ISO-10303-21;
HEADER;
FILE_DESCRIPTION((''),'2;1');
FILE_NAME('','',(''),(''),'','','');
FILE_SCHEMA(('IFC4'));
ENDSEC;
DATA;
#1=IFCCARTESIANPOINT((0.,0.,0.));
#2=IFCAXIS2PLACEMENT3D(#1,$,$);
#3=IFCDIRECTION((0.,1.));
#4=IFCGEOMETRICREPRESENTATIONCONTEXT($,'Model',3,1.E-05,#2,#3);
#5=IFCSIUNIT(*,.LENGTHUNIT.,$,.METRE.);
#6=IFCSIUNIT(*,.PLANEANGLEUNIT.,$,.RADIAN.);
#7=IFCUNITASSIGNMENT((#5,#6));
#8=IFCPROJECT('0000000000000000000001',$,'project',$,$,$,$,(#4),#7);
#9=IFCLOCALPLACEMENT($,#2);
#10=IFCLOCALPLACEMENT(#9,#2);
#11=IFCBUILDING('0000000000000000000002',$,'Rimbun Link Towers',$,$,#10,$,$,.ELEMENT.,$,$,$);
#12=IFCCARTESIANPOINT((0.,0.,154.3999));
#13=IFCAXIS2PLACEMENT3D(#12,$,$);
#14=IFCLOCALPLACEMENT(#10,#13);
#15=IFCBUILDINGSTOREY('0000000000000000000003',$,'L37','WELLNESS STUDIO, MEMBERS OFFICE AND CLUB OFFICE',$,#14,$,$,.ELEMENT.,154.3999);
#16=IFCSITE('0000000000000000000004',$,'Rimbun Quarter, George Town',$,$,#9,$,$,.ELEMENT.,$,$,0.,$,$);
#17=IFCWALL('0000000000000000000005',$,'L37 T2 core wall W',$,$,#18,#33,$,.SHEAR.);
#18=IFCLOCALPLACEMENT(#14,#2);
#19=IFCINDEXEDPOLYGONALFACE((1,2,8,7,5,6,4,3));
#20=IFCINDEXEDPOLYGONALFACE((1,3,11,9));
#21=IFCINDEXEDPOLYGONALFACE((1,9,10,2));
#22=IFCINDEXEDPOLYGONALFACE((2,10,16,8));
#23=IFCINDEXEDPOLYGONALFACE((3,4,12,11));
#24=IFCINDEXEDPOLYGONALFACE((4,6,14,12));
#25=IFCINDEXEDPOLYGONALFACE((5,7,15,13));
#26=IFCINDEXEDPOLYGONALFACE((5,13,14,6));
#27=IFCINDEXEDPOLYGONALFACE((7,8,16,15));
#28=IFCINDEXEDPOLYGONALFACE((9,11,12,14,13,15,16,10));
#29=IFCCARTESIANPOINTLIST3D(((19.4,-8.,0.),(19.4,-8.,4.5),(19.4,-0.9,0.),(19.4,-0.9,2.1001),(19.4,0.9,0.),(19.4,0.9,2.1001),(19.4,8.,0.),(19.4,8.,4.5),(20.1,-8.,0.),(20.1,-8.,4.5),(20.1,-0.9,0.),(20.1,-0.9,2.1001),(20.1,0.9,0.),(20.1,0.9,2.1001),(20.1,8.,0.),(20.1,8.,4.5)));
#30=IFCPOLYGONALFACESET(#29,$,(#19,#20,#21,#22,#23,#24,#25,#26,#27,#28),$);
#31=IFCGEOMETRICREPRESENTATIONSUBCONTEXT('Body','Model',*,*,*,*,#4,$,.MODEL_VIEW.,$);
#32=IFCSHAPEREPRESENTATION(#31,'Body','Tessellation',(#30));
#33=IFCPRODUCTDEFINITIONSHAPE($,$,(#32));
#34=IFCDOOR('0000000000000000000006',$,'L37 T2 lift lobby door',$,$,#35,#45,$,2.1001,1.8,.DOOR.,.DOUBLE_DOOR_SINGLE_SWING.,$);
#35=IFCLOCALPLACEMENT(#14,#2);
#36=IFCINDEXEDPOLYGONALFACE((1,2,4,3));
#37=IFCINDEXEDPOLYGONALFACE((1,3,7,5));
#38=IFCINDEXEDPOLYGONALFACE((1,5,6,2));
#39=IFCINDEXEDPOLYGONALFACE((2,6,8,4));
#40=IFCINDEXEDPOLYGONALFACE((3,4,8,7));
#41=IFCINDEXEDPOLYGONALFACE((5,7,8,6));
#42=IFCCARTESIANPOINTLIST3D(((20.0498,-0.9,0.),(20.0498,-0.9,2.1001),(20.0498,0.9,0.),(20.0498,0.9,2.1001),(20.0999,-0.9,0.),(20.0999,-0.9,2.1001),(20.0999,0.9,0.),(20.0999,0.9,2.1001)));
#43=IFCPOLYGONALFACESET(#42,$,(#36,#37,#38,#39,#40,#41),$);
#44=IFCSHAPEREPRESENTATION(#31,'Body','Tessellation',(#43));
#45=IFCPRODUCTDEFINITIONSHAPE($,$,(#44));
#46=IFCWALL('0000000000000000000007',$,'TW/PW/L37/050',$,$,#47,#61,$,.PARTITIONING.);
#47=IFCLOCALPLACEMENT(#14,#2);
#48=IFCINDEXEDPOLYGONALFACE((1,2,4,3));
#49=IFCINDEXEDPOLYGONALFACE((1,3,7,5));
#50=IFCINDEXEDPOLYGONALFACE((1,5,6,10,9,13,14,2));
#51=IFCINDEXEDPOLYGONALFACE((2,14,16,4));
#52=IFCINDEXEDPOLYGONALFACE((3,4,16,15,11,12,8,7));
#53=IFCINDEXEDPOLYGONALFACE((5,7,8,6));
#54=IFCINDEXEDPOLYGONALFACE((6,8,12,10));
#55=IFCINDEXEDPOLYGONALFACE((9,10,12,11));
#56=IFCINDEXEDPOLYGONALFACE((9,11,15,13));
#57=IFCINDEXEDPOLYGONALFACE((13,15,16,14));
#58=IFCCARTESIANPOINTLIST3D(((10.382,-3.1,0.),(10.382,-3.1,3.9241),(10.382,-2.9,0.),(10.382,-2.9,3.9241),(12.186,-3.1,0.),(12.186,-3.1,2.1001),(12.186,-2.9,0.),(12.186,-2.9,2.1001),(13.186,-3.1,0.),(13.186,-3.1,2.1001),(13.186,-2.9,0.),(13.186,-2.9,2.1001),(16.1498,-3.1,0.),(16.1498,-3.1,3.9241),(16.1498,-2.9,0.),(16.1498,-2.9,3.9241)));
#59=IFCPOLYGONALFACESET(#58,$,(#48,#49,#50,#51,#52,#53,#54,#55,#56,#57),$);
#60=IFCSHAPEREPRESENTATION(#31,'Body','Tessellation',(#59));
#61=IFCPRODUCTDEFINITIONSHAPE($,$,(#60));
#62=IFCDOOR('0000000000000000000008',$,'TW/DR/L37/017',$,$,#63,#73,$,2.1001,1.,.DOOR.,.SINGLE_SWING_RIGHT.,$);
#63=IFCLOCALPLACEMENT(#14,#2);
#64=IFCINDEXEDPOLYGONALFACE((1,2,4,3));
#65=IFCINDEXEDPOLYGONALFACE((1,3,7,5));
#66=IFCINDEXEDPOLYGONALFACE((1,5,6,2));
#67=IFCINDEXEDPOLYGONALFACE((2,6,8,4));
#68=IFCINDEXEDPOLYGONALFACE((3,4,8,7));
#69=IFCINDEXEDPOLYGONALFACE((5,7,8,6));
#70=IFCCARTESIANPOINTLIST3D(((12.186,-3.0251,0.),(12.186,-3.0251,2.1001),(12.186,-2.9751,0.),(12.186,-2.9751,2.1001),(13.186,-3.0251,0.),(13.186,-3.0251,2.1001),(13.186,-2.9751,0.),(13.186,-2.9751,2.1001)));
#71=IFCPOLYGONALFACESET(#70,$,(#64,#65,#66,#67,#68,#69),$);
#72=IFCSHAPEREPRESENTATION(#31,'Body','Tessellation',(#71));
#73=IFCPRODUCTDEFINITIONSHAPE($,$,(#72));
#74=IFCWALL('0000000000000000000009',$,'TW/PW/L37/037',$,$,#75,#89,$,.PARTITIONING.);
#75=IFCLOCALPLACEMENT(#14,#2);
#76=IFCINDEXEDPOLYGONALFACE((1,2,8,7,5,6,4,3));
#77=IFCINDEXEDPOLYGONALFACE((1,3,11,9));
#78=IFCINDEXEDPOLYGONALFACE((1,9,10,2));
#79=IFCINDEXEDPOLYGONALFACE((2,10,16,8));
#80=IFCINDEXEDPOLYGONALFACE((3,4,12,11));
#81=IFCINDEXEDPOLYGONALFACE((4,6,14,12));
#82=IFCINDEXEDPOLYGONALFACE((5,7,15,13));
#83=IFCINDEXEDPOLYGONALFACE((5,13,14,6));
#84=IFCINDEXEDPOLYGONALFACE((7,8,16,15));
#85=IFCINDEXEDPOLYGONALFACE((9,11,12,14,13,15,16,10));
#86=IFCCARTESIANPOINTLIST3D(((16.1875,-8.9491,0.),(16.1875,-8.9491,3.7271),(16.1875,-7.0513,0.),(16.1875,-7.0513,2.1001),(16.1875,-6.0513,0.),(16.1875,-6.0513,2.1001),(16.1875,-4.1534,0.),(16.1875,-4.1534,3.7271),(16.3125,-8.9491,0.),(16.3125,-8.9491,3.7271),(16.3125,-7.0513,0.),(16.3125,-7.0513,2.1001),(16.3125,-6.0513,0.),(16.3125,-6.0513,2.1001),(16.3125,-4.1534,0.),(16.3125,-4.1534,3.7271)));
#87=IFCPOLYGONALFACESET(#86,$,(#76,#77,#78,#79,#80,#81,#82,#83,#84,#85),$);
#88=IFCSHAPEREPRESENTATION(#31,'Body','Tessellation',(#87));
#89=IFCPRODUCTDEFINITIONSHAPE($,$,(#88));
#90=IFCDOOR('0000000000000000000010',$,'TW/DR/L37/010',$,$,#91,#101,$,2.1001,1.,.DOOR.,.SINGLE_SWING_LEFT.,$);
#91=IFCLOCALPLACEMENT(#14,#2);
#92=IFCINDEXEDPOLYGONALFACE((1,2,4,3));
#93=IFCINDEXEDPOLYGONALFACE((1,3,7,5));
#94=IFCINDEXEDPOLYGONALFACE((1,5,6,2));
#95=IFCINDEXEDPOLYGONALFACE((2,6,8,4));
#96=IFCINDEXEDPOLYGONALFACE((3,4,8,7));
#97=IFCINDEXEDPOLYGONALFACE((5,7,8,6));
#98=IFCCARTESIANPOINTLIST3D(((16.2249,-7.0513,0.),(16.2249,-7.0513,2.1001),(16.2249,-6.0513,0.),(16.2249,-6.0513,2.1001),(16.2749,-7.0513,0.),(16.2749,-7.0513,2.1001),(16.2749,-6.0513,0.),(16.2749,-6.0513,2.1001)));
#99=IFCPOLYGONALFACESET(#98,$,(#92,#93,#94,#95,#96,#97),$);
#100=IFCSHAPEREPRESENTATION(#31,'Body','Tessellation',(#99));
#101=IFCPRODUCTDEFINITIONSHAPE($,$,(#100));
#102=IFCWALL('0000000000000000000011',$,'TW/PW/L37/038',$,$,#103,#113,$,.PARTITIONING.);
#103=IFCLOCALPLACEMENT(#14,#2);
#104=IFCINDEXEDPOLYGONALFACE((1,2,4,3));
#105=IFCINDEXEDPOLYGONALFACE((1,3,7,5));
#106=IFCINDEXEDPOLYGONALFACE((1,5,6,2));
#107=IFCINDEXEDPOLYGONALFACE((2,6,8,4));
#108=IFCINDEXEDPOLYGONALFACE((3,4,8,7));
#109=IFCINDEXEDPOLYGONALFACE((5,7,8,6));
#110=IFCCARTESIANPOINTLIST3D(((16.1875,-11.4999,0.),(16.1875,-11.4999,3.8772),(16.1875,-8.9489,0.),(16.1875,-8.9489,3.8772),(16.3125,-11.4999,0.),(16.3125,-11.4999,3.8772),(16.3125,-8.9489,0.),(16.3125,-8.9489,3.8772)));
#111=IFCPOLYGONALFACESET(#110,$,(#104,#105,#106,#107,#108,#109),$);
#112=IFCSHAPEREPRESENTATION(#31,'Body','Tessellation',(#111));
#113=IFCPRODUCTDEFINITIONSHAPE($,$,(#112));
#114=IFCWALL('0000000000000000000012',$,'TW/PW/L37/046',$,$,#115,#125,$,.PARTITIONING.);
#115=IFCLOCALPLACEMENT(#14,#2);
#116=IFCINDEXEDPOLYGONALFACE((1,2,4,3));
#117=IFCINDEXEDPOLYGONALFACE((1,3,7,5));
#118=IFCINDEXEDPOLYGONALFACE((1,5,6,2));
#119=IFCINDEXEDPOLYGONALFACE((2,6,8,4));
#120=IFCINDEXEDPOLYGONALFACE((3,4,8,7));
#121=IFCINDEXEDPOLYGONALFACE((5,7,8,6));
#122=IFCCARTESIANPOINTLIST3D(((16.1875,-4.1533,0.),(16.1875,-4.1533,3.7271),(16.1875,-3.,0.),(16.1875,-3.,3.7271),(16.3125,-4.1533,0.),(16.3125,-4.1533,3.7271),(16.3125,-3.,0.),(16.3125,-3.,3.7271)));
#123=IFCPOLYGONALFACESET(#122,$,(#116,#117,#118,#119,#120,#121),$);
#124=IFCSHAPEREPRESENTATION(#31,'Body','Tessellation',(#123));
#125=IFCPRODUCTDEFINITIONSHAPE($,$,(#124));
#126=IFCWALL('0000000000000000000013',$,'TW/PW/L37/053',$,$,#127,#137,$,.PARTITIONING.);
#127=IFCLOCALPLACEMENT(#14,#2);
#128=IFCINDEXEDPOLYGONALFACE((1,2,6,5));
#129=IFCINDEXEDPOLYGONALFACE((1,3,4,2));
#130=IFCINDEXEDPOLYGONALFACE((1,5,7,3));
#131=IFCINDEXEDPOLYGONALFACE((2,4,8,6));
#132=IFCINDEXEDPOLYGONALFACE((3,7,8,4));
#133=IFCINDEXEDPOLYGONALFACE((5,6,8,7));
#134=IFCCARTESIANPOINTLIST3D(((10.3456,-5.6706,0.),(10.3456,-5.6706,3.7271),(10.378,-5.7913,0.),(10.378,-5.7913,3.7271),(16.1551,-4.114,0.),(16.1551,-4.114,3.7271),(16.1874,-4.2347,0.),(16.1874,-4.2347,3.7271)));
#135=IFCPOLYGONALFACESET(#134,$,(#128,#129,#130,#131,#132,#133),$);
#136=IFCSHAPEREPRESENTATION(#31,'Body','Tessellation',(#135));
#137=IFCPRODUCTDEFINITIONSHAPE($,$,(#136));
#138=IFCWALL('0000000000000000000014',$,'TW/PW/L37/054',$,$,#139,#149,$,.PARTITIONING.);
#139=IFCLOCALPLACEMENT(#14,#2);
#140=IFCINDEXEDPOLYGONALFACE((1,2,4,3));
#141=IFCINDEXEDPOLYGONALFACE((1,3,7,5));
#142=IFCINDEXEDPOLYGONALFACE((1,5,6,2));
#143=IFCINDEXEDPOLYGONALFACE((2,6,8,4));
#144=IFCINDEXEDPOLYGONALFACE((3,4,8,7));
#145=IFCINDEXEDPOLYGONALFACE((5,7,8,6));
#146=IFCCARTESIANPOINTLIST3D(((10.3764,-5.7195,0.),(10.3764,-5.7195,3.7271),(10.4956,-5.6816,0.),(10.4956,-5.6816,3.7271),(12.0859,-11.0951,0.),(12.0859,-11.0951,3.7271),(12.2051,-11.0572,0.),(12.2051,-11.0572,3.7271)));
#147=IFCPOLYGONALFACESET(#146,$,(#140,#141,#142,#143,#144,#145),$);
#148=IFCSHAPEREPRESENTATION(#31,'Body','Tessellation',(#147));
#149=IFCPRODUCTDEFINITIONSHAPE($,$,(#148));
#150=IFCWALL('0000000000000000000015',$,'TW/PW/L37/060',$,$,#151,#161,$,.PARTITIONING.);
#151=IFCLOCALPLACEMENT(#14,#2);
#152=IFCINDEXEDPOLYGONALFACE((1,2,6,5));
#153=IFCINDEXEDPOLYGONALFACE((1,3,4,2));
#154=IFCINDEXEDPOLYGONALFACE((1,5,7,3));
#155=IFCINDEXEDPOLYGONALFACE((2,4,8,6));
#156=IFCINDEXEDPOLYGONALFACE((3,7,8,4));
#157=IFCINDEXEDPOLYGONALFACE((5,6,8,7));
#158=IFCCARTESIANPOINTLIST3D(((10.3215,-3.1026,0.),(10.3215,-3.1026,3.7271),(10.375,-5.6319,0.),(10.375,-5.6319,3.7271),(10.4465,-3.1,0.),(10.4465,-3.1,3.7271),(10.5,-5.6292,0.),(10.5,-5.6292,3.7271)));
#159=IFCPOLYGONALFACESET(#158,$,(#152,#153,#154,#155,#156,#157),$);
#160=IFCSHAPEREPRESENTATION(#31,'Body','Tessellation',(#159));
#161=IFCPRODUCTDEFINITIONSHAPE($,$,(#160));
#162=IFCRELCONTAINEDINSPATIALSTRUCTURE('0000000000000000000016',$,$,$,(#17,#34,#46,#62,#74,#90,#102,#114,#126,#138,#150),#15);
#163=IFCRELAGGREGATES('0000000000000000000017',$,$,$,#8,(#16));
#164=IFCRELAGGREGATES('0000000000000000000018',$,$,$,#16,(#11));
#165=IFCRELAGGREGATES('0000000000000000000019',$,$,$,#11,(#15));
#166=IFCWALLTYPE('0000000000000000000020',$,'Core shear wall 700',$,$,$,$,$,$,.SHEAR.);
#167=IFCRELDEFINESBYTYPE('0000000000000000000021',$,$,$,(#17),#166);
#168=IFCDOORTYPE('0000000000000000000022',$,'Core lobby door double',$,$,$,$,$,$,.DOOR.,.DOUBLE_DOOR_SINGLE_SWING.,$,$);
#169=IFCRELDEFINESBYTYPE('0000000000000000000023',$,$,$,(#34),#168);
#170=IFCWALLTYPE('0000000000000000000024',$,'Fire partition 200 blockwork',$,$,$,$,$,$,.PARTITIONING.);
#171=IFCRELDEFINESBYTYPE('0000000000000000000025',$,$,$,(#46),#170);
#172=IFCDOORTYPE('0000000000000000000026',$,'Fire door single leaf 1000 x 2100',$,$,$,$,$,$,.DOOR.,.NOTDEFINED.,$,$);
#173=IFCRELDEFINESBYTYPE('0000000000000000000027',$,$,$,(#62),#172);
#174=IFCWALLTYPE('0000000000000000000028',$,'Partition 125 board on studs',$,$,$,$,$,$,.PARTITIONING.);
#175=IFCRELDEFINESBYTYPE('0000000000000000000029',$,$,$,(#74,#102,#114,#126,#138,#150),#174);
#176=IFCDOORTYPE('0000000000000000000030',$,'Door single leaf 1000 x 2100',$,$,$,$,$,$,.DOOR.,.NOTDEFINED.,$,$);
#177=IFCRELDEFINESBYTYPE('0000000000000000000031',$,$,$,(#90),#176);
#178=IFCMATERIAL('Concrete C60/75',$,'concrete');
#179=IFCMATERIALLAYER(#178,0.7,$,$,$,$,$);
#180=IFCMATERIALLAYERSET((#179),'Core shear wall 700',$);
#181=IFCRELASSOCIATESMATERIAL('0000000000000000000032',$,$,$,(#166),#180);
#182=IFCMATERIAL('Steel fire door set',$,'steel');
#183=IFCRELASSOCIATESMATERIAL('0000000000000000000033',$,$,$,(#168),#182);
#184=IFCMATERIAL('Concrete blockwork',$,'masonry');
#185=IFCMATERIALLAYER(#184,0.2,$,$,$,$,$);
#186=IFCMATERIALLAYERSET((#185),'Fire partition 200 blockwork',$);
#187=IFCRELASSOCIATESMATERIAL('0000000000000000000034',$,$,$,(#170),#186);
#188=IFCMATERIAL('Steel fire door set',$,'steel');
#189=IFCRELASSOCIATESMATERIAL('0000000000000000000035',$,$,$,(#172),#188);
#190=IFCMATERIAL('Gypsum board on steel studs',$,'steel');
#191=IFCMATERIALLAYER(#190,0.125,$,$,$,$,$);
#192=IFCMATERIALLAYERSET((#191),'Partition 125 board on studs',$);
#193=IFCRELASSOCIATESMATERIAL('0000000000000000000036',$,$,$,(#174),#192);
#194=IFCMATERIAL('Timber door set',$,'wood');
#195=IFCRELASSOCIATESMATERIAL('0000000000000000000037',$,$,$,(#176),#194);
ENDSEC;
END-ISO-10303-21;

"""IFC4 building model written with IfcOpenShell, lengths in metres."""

from ifc_helpers import new_model, si_unit, direction, frame, frame_2d, origin, place, context, subcontext, project, spatial, rectangle, extrude, material, layer, layer_set, type_object, element, fill, save


model = new_model("IFC4")

# Units and contexts
model_context = context("Model", 3, precision=1e-05, world=origin(), true_north=direction((0.0, 1.0)))
body_context = subcontext(model_context, "Body", "Model", "MODEL_VIEW")
ifc_project = project(units=[si_unit("LENGTHUNIT", "METRE"), si_unit("PLANEANGLEUNIT", "RADIAN")], contexts=[model_context])

# Site, building, storey
site_placement = place(None, origin())
site = spatial("IfcSite", under=ifc_project, at=site_placement, Name="Rimbun Quarter, George Town", CompositionType="ELEMENT", RefElevation=0.0)
building_placement = place(site_placement, origin())
building = spatial("IfcBuilding", under=site, at=building_placement, Name="Rimbun Link Towers", CompositionType="ELEMENT")
storey_placement = place(building_placement, frame((0.0, 0.0, 154.3999)))
storey = spatial("IfcBuildingStorey", under=building, at=storey_placement, Name="L37", Description="WELLNESS STUDIO, MEMBERS OFFICE AND CLUB OFFICE", CompositionType="ELEMENT", Elevation=154.3999)

# Shared definitions
ifc_material_1 = material(Name="Concrete C60/75", Category="concrete")
ifc_layer_1 = layer(ifc_material_1, 0.7)
ifc_layer_set_1 = layer_set([ifc_layer_1], Name="Core shear wall 700")
wall_type_1 = type_object("IfcWallType", Name="Core shear wall 700", PredefinedType="SHEAR", material=ifc_layer_set_1)

# Walls, openings, doors
wall_1_placement = place(storey_placement, frame((19.75, -8.0, 0.0), z_axis=(0.0, 0.0, 1.0), x_axis=(0.0, 1.0, 0.0)))
wall_1 = element("IfcWall", 1, at=wall_1_placement, inside=storey, type_object=wall_type_1, Name="L37 T2 core wall W", PredefinedType="SHEAR", context=body_context, shape_type="SweptSolid", body=[
    extrude(rectangle(XDim=16.0, YDim=0.7, at=frame_2d((8.0, 0.0))), origin(), (0.0, 0.0, 1.0), 4.5),
])
opening_1_placement = place(wall_1_placement, frame((7.1001, 0.0, 0.0)))
opening_1 = element("IfcOpeningElement", 2, at=opening_1_placement, cuts=wall_1, PredefinedType="OPENING", context=body_context, shape_type="SweptSolid", body=[
    extrude(rectangle(XDim=1.8, YDim=2.1001, at=frame_2d((0.8999, 1.05))), frame((0.0, 0.3599, 0.0), z_axis=(0.0, -1.0, 0.0), x_axis=(1.0, 0.0, 0.0)), (0.0, 0.0, 1.0), 0.72),
])
ifc_material_2 = material(Name="Steel fire door set", Category="steel")
door_type_1 = type_object("IfcDoorType", Name="Core lobby door double", OperationType="DOUBLE_DOOR_SINGLE_SWING", PredefinedType="DOOR", material=ifc_material_2)
door_1_placement = place(opening_1_placement, origin())
door_1 = element("IfcDoor", 3, at=door_1_placement, inside=storey, type_object=door_type_1, Name="L37 T2 lift lobby door", OperationType="DOUBLE_DOOR_SINGLE_SWING", OverallHeight=2.1001, OverallWidth=1.8, PredefinedType="DOOR", context=body_context, shape_type="SweptSolid", body=[
    extrude(rectangle(XDim=1.8, YDim=2.1001, at=frame_2d((0.8999, 1.05))), frame((0.0, -0.2998, 0.0), z_axis=(0.0, -1.0, 0.0), x_axis=(1.0, 0.0, 0.0)), (0.0, 0.0, 1.0), 0.05),
])
fill(opening_1, door_1)
ifc_material_3 = material(Name="Concrete blockwork", Category="masonry")
ifc_layer_2 = layer(ifc_material_3, 0.2)
ifc_layer_set_2 = layer_set([ifc_layer_2], Name="Fire partition 200 blockwork")
wall_type_2 = type_object("IfcWallType", Name="Fire partition 200 blockwork", PredefinedType="PARTITIONING", material=ifc_layer_set_2)
wall_2_placement = place(storey_placement, frame((10.3821, -3.0, 0.0), z_axis=(0.0, 0.0, 1.0), x_axis=(1.0, 0.0, 0.0)))
wall_2 = element("IfcWall", 4, at=wall_2_placement, inside=storey, type_object=wall_type_2, Name="TW/PW/L37/050", PredefinedType="PARTITIONING", context=body_context, shape_type="SweptSolid", body=[
    extrude(rectangle(XDim=5.7678, YDim=0.2, at=frame_2d((2.8838, 0.0))), origin(), (0.0, 0.0, 1.0), 3.9241),
])
opening_2_placement = place(wall_2_placement, frame((1.804, 0.0, 0.0)))
opening_2 = element("IfcOpeningElement", 5, at=opening_2_placement, cuts=wall_2, PredefinedType="OPENING", context=body_context, shape_type="SweptSolid", body=[
    extrude(rectangle(XDim=1.0, YDim=2.1001, at=frame_2d((0.5, 1.05))), frame((0.0, 0.1099, 0.0), z_axis=(0.0, -1.0, 0.0), x_axis=(1.0, 0.0, 0.0)), (0.0, 0.0, 1.0), 0.22),
])
ifc_material_4 = material(Name="Steel fire door set", Category="steel")
door_type_2 = type_object("IfcDoorType", Name="Fire door single leaf 1000 x 2100", OperationType="NOTDEFINED", PredefinedType="DOOR", material=ifc_material_4)
door_2_placement = place(opening_2_placement, origin())
door_2 = element("IfcDoor", 6, at=door_2_placement, inside=storey, type_object=door_type_2, Name="TW/DR/L37/017", OperationType="SINGLE_SWING_RIGHT", OverallHeight=2.1001, OverallWidth=1.0, PredefinedType="DOOR", context=body_context, shape_type="SweptSolid", body=[
    extrude(rectangle(XDim=1.0, YDim=2.1001, at=frame_2d((0.5, 1.05))), frame((0.0, 0.0249, 0.0), z_axis=(0.0, -1.0, 0.0), x_axis=(1.0, 0.0, 0.0)), (0.0, 0.0, 1.0), 0.05),
])
fill(opening_2, door_2)
ifc_material_5 = material(Name="Gypsum board on steel studs", Category="steel")
ifc_layer_3 = layer(ifc_material_5, 0.125)
ifc_layer_set_3 = layer_set([ifc_layer_3], Name="Partition 125 board on studs")
wall_type_3 = type_object("IfcWallType", Name="Partition 125 board on studs", PredefinedType="PARTITIONING", material=ifc_layer_set_3)
wall_3_placement = place(storey_placement, frame((16.25, -4.1533, 0.0), z_axis=(0.0, 0.0, 1.0), x_axis=(0.0, -1.0, 0.0)))
wall_3 = element("IfcWall", 7, at=wall_3_placement, inside=storey, type_object=wall_type_3, Name="TW/PW/L37/037", PredefinedType="PARTITIONING", context=body_context, shape_type="SweptSolid", body=[
    extrude(rectangle(XDim=4.7957, YDim=0.125, at=frame_2d((2.3979, 0.0))), origin(), (0.0, 0.0, 1.0), 3.7271),
])
opening_3_placement = place(wall_3_placement, frame((1.8979, 0.0, 0.0)))
opening_3 = element("IfcOpeningElement", 8, at=opening_3_placement, cuts=wall_3, PredefinedType="OPENING", context=body_context, shape_type="SweptSolid", body=[
    extrude(rectangle(XDim=1.0, YDim=2.1001, at=frame_2d((0.5, 1.05))), frame((0.0, 0.0725, 0.0), z_axis=(0.0, -1.0, 0.0), x_axis=(1.0, 0.0, 0.0)), (0.0, 0.0, 1.0), 0.145),
])
ifc_material_6 = material(Name="Timber door set", Category="wood")
door_type_3 = type_object("IfcDoorType", Name="Door single leaf 1000 x 2100", OperationType="NOTDEFINED", PredefinedType="DOOR", material=ifc_material_6)
door_3_placement = place(opening_3_placement, origin())
door_3 = element("IfcDoor", 9, at=door_3_placement, inside=storey, type_object=door_type_3, Name="TW/DR/L37/010", OperationType="SINGLE_SWING_LEFT", OverallHeight=2.1001, OverallWidth=1.0, PredefinedType="DOOR", context=body_context, shape_type="SweptSolid", body=[
    extrude(rectangle(XDim=1.0, YDim=2.1001, at=frame_2d((0.5, 1.05))), frame((0.0, 0.0249, 0.0), z_axis=(0.0, -1.0, 0.0), x_axis=(1.0, 0.0, 0.0)), (0.0, 0.0, 1.0), 0.05),
])
fill(opening_3, door_3)

# Walls
wall_4_placement = place(storey_placement, frame((16.25, -8.949, 0.0), z_axis=(0.0, 0.0, 1.0), x_axis=(0.0, -1.0, 0.0)))
element("IfcWall", 10, at=wall_4_placement, inside=storey, type_object=wall_type_3, Name="TW/PW/L37/038", PredefinedType="PARTITIONING", context=body_context, shape_type="SweptSolid", body=[
    extrude(rectangle(XDim=2.551, YDim=0.125, at=frame_2d((1.2754, 0.0))), origin(), (0.0, 0.0, 1.0), 3.8772),
])
wall_5_placement = place(storey_placement, frame((16.25, -3.0, 0.0), z_axis=(0.0, 0.0, 1.0), x_axis=(0.0, -1.0, 0.0)))
element("IfcWall", 11, at=wall_5_placement, inside=storey, type_object=wall_type_3, Name="TW/PW/L37/046", PredefinedType="PARTITIONING", context=body_context, shape_type="SweptSolid", body=[
    extrude(rectangle(XDim=1.1533, YDim=0.125, at=frame_2d((0.5767, 0.0))), origin(), (0.0, 0.0, 1.0), 3.7271),
])
wall_6_placement = place(storey_placement, frame((16.1714, -4.1743, 0.0), z_axis=(0.0, 0.0, 1.0), x_axis=(-0.965927, -0.258815, 0.0)))
element("IfcWall", 12, at=wall_6_placement, inside=storey, type_object=wall_type_3, Name="TW/PW/L37/053", PredefinedType="PARTITIONING", context=body_context, shape_type="SweptSolid", body=[
    extrude(rectangle(XDim=6.0144, YDim=0.125, at=frame_2d((3.0073, 0.0))), origin(), (0.0, 0.0, 1.0), 3.7271),
])
wall_7_placement = place(storey_placement, frame((10.436, -5.7007, 0.0), z_axis=(0.0, 0.0, 1.0), x_axis=(0.303057, -0.952972, 0.0)))
element("IfcWall", 13, at=wall_7_placement, inside=storey, type_object=wall_type_3, Name="TW/PW/L37/054", PredefinedType="PARTITIONING", context=body_context, shape_type="SweptSolid", body=[
    extrude(rectangle(XDim=5.6409, YDim=0.125, at=frame_2d((2.8203, 0.0))), origin(), (0.0, 0.0, 1.0), 3.7271),
])
wall_8_placement = place(storey_placement, frame((10.384, -3.1013, 0.0), z_axis=(0.0, 0.0, 1.0), x_axis=(0.021134, -0.999777, 0.0)))
element("IfcWall", 14, at=wall_8_placement, inside=storey, type_object=wall_type_3, Name="TW/PW/L37/060", PredefinedType="PARTITIONING", context=body_context, shape_type="SweptSolid", body=[
    extrude(rectangle(XDim=2.5298, YDim=0.125, at=frame_2d((1.2649, 0.0))), origin(), (0.0, 0.0, 1.0), 3.7271),
])

save(model, "model.ifc")
